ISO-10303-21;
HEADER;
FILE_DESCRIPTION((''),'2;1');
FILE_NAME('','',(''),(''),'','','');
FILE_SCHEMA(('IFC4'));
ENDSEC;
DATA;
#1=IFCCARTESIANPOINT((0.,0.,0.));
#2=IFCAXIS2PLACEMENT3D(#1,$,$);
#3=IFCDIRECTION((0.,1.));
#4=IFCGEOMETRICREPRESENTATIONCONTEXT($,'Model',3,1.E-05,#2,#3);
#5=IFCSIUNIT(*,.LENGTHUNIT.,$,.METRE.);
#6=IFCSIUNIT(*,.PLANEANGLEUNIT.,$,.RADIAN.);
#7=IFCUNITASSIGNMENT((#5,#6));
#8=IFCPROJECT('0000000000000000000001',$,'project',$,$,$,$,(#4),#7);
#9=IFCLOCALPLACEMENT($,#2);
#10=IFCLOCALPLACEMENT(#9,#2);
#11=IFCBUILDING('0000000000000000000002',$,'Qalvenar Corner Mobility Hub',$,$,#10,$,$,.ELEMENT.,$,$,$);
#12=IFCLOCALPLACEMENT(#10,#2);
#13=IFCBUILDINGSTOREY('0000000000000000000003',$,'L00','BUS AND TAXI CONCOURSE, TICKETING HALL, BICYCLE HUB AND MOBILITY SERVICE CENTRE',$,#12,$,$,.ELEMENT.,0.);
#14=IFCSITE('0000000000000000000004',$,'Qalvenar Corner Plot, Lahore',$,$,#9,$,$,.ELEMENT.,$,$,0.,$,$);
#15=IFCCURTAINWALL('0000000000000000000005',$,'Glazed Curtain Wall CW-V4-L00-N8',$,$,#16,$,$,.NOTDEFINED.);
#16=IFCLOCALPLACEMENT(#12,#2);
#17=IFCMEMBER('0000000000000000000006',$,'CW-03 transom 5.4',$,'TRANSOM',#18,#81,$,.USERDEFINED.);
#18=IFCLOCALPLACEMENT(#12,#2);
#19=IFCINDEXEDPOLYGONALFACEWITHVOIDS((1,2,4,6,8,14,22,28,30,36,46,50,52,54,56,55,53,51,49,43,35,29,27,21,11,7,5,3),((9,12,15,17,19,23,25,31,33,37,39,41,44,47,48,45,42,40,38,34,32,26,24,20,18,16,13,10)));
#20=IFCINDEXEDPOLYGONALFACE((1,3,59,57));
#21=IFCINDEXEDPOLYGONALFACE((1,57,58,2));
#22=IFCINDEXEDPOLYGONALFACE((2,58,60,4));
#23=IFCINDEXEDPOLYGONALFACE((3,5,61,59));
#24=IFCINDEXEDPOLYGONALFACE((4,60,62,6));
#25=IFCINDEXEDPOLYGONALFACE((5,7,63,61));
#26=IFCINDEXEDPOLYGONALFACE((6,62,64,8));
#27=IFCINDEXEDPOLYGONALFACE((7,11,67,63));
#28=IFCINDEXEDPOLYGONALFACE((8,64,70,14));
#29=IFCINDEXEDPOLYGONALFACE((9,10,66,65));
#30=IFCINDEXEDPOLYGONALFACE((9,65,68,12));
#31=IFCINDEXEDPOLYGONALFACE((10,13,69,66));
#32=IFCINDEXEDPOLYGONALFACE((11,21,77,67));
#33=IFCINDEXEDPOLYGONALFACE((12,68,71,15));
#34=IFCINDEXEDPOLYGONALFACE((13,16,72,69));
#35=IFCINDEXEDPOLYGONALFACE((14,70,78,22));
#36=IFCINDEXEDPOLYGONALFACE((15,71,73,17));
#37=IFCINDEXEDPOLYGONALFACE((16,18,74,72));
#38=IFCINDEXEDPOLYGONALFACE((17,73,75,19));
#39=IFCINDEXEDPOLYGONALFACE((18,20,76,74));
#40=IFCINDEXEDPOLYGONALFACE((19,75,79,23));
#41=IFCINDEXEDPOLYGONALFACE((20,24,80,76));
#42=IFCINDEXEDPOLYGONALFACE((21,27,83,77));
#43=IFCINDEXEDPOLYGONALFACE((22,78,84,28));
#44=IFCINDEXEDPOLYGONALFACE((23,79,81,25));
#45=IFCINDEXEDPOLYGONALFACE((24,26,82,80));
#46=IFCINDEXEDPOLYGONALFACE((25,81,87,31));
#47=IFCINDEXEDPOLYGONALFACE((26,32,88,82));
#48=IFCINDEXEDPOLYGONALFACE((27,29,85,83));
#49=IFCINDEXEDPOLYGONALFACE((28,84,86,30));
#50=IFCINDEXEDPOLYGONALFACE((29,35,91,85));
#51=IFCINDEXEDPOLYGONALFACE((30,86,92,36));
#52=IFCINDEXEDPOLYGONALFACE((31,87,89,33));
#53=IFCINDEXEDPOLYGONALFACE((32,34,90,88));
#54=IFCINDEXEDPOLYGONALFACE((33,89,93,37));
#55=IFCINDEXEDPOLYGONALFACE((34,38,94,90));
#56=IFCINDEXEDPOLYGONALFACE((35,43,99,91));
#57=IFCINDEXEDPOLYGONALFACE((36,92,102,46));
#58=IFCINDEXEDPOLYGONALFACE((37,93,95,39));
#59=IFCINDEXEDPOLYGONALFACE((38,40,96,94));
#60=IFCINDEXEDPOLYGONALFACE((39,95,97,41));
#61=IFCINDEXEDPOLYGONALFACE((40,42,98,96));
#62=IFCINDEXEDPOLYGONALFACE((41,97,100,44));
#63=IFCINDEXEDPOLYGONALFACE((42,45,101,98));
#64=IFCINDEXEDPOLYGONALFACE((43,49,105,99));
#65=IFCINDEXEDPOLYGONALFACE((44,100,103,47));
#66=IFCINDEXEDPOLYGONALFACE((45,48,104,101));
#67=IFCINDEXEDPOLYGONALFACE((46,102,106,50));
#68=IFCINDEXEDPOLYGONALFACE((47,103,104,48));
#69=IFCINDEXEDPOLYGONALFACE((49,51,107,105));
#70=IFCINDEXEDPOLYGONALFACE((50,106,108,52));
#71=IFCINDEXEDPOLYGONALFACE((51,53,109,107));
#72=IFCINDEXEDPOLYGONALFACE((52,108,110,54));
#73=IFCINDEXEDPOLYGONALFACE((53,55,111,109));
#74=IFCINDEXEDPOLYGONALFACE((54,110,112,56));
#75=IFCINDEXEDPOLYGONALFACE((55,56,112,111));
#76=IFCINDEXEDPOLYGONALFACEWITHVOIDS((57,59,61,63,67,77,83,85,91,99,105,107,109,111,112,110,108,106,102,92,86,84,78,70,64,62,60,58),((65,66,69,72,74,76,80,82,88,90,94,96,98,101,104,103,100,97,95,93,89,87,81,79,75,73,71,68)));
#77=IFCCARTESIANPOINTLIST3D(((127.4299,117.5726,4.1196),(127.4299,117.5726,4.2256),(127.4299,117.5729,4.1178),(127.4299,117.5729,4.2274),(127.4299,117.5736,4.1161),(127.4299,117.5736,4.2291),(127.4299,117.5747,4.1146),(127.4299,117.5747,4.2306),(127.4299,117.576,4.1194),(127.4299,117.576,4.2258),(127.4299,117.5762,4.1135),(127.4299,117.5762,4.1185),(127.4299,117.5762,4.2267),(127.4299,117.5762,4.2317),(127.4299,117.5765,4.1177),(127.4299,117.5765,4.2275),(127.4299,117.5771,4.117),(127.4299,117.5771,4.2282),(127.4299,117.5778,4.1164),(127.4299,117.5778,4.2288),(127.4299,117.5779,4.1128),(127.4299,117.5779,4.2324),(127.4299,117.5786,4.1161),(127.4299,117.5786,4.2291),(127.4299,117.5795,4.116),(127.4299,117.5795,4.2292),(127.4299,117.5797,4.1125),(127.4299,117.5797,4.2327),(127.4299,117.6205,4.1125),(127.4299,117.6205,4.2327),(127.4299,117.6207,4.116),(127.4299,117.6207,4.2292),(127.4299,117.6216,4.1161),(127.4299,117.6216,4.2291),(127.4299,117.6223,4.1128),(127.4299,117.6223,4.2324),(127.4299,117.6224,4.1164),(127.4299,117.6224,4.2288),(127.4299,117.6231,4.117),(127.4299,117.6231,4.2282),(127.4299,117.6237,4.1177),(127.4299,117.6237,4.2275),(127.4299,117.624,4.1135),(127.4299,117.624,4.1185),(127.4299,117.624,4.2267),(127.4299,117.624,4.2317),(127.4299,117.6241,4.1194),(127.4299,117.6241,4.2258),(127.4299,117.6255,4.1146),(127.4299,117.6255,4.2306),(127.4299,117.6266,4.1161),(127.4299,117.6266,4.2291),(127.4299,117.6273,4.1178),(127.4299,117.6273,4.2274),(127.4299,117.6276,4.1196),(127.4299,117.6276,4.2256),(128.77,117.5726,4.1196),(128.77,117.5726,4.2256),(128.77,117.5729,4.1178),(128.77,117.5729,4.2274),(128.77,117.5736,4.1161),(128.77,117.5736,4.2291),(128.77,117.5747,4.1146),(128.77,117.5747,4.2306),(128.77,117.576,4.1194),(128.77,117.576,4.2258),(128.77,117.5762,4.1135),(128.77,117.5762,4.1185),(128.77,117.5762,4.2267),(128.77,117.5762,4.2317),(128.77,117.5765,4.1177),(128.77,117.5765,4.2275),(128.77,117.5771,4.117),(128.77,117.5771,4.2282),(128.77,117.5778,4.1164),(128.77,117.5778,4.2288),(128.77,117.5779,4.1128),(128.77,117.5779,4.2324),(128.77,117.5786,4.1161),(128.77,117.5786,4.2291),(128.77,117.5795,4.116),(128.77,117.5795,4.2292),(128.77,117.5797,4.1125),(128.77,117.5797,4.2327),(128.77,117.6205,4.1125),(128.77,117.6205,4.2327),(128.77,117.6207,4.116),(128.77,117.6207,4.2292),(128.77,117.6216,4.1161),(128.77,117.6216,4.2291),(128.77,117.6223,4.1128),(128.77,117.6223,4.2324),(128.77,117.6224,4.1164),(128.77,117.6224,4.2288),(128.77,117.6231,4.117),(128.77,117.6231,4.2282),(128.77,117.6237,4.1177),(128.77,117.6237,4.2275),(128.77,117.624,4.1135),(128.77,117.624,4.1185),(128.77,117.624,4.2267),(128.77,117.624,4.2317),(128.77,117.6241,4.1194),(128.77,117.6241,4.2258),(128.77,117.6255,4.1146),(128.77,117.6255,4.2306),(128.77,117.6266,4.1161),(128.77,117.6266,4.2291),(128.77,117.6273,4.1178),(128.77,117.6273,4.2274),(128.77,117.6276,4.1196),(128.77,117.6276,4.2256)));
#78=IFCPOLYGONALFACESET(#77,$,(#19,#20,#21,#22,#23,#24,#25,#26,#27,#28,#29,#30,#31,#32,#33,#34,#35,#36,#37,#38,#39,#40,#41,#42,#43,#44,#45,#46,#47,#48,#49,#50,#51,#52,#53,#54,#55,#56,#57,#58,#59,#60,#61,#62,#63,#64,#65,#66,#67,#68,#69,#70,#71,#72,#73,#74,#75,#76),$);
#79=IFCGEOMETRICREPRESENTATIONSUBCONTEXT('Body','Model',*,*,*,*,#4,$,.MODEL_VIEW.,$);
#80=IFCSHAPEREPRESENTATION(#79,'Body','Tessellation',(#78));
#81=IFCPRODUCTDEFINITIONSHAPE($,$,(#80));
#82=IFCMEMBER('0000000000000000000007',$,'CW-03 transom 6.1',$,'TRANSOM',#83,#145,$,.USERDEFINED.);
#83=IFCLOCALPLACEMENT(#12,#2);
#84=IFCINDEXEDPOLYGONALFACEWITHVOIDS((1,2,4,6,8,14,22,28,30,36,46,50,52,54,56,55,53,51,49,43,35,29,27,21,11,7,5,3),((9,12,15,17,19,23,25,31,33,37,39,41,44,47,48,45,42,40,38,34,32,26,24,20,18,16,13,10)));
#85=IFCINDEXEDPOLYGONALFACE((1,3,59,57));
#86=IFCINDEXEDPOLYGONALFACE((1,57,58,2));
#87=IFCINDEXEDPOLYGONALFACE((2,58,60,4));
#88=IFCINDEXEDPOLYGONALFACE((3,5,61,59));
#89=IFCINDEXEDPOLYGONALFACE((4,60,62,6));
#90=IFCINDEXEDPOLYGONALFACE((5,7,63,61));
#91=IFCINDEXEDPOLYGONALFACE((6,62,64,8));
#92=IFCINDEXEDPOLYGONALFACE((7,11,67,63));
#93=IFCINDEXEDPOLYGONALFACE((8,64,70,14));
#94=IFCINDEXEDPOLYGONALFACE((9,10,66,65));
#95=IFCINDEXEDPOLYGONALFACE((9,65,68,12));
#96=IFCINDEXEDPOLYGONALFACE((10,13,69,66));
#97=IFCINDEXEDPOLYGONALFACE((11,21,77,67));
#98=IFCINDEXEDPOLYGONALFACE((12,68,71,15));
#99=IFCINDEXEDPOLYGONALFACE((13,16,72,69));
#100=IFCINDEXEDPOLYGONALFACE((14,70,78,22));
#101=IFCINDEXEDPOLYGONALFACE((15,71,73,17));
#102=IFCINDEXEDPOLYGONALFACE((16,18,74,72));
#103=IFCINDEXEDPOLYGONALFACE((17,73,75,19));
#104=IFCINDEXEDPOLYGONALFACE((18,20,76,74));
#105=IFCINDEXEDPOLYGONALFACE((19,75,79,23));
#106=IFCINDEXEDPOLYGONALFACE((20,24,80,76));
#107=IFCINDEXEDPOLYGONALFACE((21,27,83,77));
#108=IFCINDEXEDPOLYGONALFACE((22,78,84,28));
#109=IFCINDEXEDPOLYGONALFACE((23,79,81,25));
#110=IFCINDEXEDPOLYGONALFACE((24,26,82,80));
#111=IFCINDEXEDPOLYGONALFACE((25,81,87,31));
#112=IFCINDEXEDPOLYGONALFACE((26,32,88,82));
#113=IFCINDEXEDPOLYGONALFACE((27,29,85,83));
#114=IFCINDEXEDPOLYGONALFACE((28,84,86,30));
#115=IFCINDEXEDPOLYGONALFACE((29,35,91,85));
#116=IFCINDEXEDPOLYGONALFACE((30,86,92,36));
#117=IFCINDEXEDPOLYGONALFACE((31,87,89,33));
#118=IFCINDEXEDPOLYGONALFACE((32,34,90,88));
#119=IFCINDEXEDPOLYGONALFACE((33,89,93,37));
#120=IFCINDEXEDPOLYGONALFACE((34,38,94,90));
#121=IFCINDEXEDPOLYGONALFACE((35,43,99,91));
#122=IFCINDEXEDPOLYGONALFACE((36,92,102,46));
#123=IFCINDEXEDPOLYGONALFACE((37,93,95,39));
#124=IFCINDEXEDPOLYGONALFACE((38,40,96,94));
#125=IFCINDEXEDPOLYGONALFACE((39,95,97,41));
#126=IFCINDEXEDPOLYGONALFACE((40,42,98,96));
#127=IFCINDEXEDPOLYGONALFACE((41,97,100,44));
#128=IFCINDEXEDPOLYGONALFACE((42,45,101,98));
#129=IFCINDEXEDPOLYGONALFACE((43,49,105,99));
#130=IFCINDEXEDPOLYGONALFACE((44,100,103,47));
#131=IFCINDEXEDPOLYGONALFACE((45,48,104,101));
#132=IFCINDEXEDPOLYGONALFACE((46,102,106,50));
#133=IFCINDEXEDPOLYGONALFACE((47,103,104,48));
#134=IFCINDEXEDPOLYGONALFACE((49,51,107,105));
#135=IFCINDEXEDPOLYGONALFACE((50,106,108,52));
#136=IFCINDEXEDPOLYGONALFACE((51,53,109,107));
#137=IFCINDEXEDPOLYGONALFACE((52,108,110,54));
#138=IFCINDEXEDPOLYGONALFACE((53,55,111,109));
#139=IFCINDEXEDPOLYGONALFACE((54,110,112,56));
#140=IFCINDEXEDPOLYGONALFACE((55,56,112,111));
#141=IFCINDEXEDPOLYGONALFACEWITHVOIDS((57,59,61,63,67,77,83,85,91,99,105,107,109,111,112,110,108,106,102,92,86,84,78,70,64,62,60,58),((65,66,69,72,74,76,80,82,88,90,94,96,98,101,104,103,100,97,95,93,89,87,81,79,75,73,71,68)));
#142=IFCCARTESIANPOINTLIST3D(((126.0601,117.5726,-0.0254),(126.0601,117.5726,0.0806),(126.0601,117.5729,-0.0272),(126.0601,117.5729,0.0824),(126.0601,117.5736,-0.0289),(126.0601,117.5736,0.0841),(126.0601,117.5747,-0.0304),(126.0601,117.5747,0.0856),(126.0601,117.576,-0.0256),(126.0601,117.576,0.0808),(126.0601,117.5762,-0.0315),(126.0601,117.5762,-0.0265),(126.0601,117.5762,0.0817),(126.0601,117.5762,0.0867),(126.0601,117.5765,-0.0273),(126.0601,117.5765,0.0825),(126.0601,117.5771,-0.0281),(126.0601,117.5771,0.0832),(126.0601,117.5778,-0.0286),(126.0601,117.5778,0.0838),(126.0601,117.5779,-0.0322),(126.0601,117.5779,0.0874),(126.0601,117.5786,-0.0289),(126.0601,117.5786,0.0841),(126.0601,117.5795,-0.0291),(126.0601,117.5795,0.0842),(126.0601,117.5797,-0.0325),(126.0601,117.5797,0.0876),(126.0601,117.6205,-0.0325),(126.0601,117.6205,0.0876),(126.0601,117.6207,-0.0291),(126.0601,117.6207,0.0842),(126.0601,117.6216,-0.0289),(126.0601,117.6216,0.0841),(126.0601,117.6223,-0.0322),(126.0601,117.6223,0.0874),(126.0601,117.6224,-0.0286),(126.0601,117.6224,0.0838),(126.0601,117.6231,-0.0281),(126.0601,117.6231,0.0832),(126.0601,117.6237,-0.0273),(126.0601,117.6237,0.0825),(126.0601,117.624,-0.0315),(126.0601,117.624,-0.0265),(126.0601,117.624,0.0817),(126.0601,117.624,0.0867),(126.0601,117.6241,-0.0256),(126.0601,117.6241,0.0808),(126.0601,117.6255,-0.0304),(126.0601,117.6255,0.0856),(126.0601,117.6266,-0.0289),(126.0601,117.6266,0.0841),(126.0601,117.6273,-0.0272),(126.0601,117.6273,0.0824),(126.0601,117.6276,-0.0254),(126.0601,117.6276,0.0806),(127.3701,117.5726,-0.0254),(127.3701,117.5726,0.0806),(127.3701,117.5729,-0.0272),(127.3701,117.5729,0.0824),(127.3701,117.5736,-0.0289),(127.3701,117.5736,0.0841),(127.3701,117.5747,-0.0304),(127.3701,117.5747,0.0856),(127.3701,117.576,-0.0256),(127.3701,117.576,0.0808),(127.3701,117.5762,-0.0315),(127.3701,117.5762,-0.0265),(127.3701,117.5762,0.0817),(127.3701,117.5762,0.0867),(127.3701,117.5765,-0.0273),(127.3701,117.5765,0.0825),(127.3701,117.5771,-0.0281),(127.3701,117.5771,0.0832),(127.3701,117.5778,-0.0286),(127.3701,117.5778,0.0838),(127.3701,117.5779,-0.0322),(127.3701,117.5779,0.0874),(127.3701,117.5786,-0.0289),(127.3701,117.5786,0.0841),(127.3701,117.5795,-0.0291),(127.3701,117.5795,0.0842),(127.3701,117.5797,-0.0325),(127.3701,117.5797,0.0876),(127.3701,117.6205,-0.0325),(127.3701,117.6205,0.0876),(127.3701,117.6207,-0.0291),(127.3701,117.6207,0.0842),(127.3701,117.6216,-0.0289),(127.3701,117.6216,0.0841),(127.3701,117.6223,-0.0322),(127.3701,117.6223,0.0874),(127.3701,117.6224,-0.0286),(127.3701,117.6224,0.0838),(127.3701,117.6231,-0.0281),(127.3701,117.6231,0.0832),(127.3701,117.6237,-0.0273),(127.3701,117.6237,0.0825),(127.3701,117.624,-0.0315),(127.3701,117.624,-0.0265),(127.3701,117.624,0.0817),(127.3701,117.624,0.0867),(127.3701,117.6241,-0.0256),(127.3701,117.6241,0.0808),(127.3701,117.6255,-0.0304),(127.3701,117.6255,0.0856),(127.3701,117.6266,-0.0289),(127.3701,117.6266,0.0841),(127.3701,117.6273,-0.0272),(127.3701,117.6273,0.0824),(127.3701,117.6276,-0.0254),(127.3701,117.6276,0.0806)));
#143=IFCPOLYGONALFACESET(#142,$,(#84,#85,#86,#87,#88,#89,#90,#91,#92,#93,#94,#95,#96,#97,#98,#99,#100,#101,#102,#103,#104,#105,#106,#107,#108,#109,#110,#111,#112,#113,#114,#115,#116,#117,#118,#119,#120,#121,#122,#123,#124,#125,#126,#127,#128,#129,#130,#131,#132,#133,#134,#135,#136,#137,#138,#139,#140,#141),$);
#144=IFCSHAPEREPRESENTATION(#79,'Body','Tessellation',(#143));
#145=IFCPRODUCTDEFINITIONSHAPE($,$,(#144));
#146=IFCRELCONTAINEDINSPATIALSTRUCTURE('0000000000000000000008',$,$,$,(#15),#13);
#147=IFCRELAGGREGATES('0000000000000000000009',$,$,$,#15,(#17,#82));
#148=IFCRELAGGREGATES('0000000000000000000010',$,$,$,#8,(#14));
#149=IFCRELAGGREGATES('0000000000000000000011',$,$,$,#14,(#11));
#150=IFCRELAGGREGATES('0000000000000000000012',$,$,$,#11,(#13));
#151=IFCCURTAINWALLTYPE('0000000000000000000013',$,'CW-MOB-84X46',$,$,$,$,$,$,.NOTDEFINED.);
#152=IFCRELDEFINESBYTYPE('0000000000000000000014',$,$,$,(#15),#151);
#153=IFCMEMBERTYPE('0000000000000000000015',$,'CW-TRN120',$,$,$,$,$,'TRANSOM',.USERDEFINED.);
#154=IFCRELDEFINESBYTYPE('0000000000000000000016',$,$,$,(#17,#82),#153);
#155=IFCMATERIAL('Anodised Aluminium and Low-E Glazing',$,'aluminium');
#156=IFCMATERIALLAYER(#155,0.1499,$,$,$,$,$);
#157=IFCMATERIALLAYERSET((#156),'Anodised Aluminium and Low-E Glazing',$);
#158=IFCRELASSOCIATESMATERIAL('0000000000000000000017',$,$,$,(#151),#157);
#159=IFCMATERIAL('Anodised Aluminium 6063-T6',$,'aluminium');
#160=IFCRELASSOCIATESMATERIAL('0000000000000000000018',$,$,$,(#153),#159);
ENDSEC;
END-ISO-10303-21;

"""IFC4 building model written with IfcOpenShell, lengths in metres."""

from ifc_helpers import new_model, si_unit, direction, frame, origin, origin_2d, place, context, subcontext, project, spatial, hollow_rectangle, extrude, material, layer, layer_set, material_profile, profile_set, type_object, element, aggregate, save


model = new_model("IFC4")

# Units and contexts
model_context = context("Model", 3, precision=1e-05, world=origin(), true_north=direction((0.0, 1.0)))
body_context = subcontext(model_context, "Body", "Model", "MODEL_VIEW")
ifc_project = project(units=[si_unit("LENGTHUNIT", "METRE"), si_unit("PLANEANGLEUNIT", "RADIAN")], contexts=[model_context])

# Site, building, storey
site_placement = place(None, origin())
site = spatial("IfcSite", under=ifc_project, at=site_placement, Name="Qalvenar Corner Plot, Lahore", CompositionType="ELEMENT", RefElevation=0.0)
building_placement = place(site_placement, origin())
building = spatial("IfcBuilding", under=site, at=building_placement, Name="Qalvenar Corner Mobility Hub", CompositionType="ELEMENT")
storey_placement = place(building_placement, origin())
storey = spatial("IfcBuildingStorey", under=building, at=storey_placement, Name="L00", Description="BUS AND TAXI CONCOURSE, TICKETING HALL, BICYCLE HUB AND MOBILITY SERVICE CENTRE", CompositionType="ELEMENT", Elevation=0.0)

# Shared definitions
ifc_material_1 = material(Name="Anodised Aluminium and Low-E Glazing", Category="aluminium")
ifc_layer_1 = layer(ifc_material_1, 0.1499)
ifc_layer_set_1 = layer_set([ifc_layer_1], Name="Anodised Aluminium and Low-E Glazing")
curtain_wall_type = type_object("IfcCurtainWallType", Name="CW-MOB-84X46", PredefinedType="NOTDEFINED", material=ifc_layer_set_1)
ifc_material_2 = material(Name="Anodised Aluminium 6063-T6", Category="aluminium")

# Curtain wall, members
curtain_wall_1_placement = place(storey_placement, origin())
curtain_wall_1 = element("IfcCurtainWall", 1, at=curtain_wall_1_placement, inside=storey, type_object=curtain_wall_type, Name="Glazed Curtain Wall CW-V4-L00-N8", PredefinedType="NOTDEFINED")
ifc_material_profile_1 = material_profile(ifc_material_2, hollow_rectangle(XDim=0.0549, YDim=0.1201, WallThickness=0.0034, InnerFilletRadius=0.0034, OuterFilletRadius=0.0071, at=origin_2d()), Name="RHS120x55x3.5")
ifc_profile_set_1 = profile_set([ifc_material_profile_1], Name="Anodised Aluminium 6063-T6")
member_type_1 = type_object("IfcMemberType", Name="CW-TRN120", ElementType="TRANSOM", PredefinedType="USERDEFINED", material=ifc_profile_set_1)
member_1_placement = place(storey_placement, frame((128.77, 117.6001, 4.1726), z_axis=(-1.0, 0.0, 0.0), x_axis=(0.0, -1.0, 0.0)))
member_1 = element("IfcMember", 2, at=member_1_placement, type_object=member_type_1, Name="CW-03 transom 5.4", ObjectType="TRANSOM", PredefinedType="USERDEFINED", context=body_context, shape_type="SweptSolid", body=[
    extrude(hollow_rectangle(XDim=0.0549, YDim=0.1201, WallThickness=0.0034, InnerFilletRadius=0.0034, OuterFilletRadius=0.0071, at=origin_2d()), origin(), (0.0, 0.0, 1.0), 1.3401),
])
member_2_placement = place(storey_placement, frame((127.3701, 117.6001, 0.0276), z_axis=(-1.0, 0.0, 0.0), x_axis=(0.0, -1.0, 0.0)))
member_2 = element("IfcMember", 3, at=member_2_placement, type_object=member_type_1, Name="CW-03 transom 6.1", ObjectType="TRANSOM", PredefinedType="USERDEFINED", context=body_context, shape_type="SweptSolid", body=[
    extrude(hollow_rectangle(XDim=0.0549, YDim=0.1201, WallThickness=0.0034, InnerFilletRadius=0.0034, OuterFilletRadius=0.0071, at=origin_2d()), origin(), (0.0, 0.0, 1.0), 1.3101),
])
aggregate(curtain_wall_1, [member_1, member_2])

save(model, "model.ifc")
